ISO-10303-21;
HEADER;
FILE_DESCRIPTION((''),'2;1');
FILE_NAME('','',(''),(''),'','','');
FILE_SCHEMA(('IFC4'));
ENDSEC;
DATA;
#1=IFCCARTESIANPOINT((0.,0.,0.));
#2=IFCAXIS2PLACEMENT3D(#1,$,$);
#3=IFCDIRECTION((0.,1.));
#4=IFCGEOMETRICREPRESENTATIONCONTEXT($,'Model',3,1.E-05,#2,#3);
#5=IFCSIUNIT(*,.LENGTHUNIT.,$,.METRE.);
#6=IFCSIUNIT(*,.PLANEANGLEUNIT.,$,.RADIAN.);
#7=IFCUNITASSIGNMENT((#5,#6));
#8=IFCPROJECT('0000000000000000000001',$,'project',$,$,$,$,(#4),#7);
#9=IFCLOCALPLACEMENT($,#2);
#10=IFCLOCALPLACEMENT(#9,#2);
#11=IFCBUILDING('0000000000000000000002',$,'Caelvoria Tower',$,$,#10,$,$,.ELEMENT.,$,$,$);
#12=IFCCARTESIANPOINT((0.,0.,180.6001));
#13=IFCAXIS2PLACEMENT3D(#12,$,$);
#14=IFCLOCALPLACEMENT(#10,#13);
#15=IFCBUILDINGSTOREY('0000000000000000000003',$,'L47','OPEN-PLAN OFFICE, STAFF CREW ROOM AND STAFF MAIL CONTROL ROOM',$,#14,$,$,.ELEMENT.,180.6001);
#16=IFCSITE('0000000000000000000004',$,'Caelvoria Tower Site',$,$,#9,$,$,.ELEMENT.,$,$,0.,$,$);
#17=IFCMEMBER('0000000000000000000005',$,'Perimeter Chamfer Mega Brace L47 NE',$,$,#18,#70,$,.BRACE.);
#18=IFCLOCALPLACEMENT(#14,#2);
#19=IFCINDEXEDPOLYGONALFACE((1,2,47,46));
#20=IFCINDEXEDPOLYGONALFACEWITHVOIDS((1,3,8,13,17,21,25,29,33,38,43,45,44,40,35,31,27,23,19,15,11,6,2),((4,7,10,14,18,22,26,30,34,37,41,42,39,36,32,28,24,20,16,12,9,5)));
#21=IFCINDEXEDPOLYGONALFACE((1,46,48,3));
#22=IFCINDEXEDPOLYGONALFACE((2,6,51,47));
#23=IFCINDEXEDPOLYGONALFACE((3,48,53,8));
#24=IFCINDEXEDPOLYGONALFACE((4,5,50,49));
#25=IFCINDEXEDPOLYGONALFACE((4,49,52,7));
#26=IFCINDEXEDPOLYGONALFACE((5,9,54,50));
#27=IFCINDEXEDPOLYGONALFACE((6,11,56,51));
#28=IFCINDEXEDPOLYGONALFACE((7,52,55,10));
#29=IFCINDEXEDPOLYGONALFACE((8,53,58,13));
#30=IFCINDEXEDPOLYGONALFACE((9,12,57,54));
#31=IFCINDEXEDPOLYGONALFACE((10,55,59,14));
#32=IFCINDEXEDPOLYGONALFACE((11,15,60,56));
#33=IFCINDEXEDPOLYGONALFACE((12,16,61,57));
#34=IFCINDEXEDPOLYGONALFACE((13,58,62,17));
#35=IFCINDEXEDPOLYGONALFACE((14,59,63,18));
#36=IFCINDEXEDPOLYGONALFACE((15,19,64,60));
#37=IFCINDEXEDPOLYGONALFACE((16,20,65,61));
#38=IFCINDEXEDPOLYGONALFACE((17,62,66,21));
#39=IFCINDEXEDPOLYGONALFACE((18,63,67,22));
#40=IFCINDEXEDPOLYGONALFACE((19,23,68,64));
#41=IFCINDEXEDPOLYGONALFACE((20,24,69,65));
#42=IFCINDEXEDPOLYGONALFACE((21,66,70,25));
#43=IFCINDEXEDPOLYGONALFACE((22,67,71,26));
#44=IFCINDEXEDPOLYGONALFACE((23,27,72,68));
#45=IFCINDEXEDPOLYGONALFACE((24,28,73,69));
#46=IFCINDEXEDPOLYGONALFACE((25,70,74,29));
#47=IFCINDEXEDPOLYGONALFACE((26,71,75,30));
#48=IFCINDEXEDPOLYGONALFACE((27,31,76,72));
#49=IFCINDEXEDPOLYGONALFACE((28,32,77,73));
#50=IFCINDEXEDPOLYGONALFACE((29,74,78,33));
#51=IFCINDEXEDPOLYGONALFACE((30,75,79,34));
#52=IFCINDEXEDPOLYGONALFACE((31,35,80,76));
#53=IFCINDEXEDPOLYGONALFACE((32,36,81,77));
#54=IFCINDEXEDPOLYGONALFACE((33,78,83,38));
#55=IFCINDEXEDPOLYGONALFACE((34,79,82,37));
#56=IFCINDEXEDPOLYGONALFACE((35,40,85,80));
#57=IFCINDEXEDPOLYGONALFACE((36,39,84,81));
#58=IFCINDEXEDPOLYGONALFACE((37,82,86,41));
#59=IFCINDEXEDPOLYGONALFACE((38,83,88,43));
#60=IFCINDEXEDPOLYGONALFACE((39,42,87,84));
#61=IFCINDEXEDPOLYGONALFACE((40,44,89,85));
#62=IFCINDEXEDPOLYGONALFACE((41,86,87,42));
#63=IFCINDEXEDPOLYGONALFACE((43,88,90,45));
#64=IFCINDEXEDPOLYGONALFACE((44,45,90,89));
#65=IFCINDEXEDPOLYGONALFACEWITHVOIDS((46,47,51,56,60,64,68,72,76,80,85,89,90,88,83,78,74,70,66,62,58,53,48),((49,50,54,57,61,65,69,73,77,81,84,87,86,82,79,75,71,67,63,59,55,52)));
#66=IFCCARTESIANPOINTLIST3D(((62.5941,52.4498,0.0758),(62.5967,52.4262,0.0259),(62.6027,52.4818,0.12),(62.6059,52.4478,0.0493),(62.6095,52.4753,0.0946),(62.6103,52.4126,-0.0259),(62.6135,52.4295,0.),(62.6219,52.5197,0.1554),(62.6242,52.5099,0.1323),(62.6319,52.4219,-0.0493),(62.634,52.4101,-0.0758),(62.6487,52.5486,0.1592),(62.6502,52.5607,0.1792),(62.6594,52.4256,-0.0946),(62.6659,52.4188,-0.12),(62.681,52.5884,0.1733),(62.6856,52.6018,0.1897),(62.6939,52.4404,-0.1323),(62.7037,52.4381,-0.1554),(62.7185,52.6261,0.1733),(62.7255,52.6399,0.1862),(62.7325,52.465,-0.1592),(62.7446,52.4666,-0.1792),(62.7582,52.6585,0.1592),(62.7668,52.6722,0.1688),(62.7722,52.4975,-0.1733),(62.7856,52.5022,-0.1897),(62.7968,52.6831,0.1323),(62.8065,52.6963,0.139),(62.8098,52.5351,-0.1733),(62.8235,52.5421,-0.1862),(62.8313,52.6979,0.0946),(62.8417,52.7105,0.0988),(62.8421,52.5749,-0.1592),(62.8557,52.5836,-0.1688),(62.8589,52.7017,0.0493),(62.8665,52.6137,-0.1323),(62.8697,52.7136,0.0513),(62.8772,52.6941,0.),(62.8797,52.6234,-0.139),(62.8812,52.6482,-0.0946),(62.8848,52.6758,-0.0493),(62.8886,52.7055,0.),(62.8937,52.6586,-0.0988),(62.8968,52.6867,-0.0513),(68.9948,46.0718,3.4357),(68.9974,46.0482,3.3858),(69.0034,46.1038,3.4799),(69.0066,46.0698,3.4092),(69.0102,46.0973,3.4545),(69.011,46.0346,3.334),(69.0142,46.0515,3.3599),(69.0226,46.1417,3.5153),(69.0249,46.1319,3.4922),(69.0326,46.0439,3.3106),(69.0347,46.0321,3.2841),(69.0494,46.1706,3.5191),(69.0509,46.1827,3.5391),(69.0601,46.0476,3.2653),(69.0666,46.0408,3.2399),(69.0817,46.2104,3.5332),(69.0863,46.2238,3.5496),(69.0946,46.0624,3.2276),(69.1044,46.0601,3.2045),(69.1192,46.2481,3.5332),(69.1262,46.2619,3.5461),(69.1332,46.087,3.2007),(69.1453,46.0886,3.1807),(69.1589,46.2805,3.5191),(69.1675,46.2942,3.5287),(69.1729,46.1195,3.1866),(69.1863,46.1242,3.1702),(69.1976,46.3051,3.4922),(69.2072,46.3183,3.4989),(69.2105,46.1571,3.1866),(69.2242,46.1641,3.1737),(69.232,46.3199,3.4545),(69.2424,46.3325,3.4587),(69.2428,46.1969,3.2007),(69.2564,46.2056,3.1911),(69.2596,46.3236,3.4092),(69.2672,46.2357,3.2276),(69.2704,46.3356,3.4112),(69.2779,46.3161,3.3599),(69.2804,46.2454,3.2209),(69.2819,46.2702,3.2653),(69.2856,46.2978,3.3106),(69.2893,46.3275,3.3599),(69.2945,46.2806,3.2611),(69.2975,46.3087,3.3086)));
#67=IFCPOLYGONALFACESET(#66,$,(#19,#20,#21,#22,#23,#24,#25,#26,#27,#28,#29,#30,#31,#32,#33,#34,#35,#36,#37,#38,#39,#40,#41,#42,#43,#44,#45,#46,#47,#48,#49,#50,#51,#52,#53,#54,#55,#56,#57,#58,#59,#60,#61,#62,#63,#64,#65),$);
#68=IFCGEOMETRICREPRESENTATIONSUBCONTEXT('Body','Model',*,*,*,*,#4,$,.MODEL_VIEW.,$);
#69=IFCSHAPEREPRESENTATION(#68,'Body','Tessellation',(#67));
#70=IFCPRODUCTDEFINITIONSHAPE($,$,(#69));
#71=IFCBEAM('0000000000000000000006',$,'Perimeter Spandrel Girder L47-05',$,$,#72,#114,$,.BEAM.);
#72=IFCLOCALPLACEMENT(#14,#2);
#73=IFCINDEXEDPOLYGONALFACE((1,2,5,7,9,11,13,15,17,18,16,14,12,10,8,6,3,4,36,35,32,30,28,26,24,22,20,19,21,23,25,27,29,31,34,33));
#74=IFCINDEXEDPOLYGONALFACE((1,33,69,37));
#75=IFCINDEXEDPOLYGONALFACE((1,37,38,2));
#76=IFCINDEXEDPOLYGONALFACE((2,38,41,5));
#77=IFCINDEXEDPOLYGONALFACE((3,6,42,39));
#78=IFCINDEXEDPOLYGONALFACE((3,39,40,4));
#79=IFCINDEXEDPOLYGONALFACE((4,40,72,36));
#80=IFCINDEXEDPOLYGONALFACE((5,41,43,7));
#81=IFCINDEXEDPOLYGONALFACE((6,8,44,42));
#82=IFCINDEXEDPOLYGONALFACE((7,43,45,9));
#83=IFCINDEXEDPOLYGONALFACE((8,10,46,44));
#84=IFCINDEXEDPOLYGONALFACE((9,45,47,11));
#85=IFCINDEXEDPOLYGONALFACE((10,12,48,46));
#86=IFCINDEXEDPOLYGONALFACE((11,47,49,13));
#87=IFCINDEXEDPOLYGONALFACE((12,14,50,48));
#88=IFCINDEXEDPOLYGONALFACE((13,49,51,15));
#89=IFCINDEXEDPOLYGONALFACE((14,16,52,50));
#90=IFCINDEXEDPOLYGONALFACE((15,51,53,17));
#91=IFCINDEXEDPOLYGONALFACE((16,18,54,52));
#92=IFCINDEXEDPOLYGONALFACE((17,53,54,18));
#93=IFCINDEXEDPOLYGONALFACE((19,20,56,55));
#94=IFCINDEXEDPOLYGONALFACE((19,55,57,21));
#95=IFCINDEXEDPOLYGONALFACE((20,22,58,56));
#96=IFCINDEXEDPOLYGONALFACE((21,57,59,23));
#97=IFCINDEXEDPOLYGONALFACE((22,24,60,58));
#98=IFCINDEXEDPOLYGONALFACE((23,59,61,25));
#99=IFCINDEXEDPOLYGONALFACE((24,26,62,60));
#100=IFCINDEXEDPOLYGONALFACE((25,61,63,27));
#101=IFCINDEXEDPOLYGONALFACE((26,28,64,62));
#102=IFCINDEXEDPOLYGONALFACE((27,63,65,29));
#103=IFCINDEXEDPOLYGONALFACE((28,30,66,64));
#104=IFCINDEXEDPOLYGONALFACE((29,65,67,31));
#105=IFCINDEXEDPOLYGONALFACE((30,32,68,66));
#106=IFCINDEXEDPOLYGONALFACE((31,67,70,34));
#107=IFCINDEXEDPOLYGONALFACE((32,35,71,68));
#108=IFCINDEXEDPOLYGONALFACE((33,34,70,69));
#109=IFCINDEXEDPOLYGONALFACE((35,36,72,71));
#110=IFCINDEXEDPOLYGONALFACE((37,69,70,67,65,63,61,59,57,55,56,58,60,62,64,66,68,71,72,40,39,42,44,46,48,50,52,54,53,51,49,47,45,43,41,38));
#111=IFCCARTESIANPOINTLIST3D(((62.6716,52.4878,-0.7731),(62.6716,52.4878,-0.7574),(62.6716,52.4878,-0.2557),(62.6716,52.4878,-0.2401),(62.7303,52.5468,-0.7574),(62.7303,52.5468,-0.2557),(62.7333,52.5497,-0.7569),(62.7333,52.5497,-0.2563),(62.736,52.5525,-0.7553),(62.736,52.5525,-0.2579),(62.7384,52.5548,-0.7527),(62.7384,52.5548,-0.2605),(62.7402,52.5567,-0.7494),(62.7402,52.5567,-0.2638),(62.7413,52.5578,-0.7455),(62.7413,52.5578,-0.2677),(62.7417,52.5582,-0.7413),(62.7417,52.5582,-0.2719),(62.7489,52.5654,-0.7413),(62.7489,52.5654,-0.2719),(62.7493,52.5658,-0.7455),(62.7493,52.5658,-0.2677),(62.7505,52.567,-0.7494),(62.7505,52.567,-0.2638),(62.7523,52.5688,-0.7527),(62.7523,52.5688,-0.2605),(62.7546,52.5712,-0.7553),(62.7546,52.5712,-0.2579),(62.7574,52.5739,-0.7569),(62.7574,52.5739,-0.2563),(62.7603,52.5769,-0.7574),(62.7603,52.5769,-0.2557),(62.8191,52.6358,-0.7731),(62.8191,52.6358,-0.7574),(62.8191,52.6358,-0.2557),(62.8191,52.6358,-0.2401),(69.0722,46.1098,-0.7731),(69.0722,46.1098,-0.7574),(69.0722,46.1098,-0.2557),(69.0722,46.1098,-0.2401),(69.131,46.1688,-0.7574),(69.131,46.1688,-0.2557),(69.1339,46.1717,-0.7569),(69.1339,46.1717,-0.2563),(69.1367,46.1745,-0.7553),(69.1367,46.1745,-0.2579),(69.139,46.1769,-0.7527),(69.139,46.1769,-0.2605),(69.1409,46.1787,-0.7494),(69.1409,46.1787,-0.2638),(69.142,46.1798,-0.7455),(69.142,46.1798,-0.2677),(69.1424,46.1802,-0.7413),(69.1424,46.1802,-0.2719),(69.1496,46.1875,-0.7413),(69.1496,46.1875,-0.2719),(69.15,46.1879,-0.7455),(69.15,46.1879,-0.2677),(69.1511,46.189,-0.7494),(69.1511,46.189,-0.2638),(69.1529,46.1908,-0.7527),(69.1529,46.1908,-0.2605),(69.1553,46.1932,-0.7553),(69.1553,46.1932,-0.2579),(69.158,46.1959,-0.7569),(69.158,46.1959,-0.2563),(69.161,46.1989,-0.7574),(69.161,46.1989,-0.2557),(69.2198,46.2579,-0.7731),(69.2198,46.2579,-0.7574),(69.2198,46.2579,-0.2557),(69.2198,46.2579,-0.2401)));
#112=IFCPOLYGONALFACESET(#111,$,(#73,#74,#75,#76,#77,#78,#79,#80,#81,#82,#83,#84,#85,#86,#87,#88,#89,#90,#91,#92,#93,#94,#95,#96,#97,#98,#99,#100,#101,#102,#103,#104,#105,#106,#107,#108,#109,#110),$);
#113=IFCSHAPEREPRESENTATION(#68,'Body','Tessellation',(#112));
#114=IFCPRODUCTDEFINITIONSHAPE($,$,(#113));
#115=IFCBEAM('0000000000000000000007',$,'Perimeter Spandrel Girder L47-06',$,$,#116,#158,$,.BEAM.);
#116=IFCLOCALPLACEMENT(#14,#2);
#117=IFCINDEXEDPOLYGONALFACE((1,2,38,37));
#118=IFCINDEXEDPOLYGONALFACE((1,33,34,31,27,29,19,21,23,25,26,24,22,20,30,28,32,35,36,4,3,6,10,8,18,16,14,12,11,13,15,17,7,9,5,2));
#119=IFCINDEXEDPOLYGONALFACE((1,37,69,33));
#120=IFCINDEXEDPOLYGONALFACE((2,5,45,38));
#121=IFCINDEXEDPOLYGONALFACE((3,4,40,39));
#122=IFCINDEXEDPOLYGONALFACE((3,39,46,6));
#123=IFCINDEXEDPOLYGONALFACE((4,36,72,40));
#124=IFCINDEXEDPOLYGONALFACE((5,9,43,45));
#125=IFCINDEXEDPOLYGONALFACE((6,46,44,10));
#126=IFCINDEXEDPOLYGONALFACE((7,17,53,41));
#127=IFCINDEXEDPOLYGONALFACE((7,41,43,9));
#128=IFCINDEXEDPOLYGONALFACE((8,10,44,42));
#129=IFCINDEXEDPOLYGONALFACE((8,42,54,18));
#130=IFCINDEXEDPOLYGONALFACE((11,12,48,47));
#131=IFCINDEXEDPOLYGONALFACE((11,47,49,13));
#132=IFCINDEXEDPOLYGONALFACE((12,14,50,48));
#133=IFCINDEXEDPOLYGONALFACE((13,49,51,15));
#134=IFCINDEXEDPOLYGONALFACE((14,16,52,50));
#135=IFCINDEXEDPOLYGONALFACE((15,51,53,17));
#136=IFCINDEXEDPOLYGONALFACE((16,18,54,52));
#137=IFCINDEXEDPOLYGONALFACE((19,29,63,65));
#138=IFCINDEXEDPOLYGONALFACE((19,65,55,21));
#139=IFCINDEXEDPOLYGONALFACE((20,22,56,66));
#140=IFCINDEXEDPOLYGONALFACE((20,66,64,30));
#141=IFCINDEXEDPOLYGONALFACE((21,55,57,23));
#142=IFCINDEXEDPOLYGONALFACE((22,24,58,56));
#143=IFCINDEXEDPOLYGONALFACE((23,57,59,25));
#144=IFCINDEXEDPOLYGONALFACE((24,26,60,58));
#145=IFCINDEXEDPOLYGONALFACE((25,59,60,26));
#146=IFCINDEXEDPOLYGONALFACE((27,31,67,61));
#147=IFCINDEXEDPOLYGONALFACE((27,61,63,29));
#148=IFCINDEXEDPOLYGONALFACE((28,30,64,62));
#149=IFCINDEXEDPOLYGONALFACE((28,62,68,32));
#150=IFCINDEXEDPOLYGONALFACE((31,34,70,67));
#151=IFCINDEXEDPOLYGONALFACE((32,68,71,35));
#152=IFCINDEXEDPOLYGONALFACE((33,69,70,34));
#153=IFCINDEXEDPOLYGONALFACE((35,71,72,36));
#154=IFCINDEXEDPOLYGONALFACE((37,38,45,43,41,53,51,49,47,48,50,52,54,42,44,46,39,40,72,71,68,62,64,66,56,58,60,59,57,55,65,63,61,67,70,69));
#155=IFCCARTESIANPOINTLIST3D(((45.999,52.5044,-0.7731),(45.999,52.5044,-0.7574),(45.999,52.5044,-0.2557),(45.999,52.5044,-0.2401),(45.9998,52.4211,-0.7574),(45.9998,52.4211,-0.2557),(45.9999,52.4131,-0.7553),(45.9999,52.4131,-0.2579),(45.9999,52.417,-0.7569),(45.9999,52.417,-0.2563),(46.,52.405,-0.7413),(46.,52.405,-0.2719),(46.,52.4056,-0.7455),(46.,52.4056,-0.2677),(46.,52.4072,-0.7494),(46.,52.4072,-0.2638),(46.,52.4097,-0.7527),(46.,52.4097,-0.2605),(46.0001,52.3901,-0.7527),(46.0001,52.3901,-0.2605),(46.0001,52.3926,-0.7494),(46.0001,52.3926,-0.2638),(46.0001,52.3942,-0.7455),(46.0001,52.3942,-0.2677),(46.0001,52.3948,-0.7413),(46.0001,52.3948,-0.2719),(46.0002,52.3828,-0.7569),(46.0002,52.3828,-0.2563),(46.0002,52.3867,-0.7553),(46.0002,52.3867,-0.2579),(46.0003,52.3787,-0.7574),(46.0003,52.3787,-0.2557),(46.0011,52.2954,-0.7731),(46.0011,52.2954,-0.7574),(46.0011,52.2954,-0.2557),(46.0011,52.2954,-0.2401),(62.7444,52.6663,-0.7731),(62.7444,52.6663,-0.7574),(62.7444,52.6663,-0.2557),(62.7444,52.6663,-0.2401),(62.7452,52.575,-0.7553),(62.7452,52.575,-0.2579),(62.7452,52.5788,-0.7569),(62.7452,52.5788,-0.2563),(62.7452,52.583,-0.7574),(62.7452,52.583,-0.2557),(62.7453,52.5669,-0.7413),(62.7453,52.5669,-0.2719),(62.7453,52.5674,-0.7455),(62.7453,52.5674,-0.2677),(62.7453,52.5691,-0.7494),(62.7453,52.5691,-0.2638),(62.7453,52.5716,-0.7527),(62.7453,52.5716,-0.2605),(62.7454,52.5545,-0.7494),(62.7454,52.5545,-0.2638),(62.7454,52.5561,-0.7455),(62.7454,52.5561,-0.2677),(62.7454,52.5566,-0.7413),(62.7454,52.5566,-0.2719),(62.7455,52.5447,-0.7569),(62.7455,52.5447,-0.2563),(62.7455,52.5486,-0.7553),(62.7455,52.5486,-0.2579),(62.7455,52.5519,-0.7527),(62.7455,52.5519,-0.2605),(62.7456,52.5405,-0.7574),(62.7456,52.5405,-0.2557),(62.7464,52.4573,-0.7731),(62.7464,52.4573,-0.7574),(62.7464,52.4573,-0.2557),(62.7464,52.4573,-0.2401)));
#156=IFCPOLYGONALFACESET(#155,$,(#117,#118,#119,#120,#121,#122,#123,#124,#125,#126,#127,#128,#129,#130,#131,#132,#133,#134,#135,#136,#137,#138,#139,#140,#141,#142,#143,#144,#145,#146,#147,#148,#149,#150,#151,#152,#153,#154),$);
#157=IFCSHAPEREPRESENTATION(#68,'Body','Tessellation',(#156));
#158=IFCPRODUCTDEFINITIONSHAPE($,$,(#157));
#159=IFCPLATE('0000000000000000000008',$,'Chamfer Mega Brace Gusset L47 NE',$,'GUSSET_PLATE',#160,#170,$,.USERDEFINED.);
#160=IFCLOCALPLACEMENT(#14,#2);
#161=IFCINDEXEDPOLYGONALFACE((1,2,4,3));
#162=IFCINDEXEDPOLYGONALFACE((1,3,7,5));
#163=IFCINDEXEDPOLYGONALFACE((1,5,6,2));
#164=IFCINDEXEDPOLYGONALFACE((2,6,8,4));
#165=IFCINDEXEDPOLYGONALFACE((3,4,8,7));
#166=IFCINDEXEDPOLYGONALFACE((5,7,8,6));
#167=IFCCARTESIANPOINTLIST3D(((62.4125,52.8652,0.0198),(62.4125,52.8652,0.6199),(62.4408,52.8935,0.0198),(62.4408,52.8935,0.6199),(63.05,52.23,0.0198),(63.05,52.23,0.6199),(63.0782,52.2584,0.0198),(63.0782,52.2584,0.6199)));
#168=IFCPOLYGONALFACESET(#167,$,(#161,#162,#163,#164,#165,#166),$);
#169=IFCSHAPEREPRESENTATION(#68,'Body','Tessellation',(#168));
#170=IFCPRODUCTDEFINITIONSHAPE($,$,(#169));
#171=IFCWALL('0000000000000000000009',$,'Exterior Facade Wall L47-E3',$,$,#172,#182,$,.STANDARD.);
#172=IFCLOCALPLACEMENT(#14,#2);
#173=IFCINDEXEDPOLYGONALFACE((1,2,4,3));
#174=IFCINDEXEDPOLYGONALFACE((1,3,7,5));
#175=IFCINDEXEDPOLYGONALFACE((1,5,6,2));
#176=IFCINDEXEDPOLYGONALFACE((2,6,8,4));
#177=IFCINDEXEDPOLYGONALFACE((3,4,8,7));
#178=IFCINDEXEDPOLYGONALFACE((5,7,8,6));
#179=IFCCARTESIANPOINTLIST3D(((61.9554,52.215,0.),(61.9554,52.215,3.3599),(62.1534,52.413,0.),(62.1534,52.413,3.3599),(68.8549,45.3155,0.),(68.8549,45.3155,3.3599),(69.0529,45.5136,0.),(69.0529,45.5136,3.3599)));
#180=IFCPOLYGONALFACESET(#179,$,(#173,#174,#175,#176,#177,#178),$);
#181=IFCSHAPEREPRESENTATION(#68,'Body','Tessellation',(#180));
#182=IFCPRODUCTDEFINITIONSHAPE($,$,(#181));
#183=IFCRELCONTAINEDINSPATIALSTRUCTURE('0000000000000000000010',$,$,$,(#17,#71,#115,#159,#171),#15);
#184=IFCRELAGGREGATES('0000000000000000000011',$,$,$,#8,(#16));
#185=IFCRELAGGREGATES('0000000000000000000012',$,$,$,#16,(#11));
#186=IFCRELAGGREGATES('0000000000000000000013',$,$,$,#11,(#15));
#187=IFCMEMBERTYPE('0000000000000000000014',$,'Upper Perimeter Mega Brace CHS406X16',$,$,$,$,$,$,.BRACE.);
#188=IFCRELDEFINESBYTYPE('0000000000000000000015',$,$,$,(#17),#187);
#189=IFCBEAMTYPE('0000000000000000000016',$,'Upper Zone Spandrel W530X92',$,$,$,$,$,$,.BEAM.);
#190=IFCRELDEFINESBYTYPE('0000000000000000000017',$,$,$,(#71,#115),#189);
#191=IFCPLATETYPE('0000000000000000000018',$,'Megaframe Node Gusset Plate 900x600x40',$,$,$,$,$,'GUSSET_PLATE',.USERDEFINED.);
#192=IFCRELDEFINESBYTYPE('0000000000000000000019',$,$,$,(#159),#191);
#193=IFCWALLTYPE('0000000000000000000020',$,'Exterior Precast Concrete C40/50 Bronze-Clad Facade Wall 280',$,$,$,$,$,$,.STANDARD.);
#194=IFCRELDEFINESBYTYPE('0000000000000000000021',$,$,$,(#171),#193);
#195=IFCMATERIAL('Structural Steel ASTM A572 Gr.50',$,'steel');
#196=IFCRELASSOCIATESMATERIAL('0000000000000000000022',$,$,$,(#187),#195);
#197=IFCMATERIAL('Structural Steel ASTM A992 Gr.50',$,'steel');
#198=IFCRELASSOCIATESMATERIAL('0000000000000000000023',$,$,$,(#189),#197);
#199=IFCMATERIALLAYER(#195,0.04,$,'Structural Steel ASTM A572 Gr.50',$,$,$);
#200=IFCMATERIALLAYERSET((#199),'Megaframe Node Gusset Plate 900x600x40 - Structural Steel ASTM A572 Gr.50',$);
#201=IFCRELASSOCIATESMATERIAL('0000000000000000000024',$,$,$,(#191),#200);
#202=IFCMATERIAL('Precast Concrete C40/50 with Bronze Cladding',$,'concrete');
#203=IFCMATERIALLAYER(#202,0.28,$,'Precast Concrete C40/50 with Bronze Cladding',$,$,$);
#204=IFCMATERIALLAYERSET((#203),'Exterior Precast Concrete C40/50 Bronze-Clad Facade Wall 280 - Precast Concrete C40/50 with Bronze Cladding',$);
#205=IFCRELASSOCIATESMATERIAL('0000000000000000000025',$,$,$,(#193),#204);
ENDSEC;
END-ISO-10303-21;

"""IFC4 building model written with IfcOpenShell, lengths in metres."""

from ifc_helpers import new_model, si_unit, direction, frame, frame_2d, origin, origin_2d, place, context, subcontext, project, spatial, rectangle, hollow_circle, i_section, extrude, material, layer, layer_set, material_profile, profile_set, type_object, element, save


model = new_model("IFC4")

# Units and contexts
model_context = context("Model", 3, precision=1e-05, world=origin(), true_north=direction((0.0, 1.0)))
body_context = subcontext(model_context, "Body", "Model", "MODEL_VIEW")
ifc_project = project(units=[si_unit("LENGTHUNIT", "METRE"), si_unit("PLANEANGLEUNIT", "RADIAN")], contexts=[model_context])

# Site, building, storey
site_placement = place(None, origin())
site = spatial("IfcSite", under=ifc_project, at=site_placement, Name="Caelvoria Tower Site", CompositionType="ELEMENT", RefElevation=0.0)
building_placement = place(site_placement, origin())
building = spatial("IfcBuilding", under=site, at=building_placement, Name="Caelvoria Tower", CompositionType="ELEMENT")
storey_placement = place(building_placement, frame((0.0, 0.0, 180.6001)))
storey = spatial("IfcBuildingStorey", under=building, at=storey_placement, Name="L47", Description="OPEN-PLAN OFFICE, STAFF CREW ROOM AND STAFF MAIL CONTROL ROOM", CompositionType="ELEMENT", Elevation=180.6001)

# Shared definitions
ifc_material_1 = material(Name="Structural Steel ASTM A572 Gr.50", Category="steel")

# Shared definitions
ifc_material_2 = material(Name="Structural Steel ASTM A992 Gr.50", Category="steel")

# Member
ifc_material_profile_1 = material_profile(ifc_material_1, hollow_circle(Radius=0.2029, WallThickness=0.0161, at=origin_2d()), Name="Structural Steel ASTM A572 Gr.50")
ifc_profile_set_1 = profile_set([ifc_material_profile_1], Name="CHS406X16 - Structural Steel ASTM A572 Gr.50")
member_type = type_object("IfcMemberType", Name="Upper Perimeter Mega Brace CHS406X16", PredefinedType="BRACE", material=ifc_profile_set_1)
member_placement = place(storey_placement, frame((62.7454, 52.5618, 0.0), z_axis=(0.663948, -0.661592, 0.348524), x_axis=(0.705849, 0.708362, 0.0)))
element("IfcMember", 1, at=member_placement, inside=storey, type_object=member_type, Name="Perimeter Chamfer Mega Brace L47 NE", PredefinedType="BRACE", context=body_context, shape_type="SweptSolid", body=[
    extrude(hollow_circle(Radius=0.2029, WallThickness=0.0161, at=origin_2d()), origin(), (0.0, 0.0, 1.0), 9.6404),
])

# Beams
ifc_material_profile_2 = material_profile(ifc_material_2, i_section(OverallWidth=0.209, OverallDepth=0.533, WebThickness=0.0103, FlangeThickness=0.0156, FilletRadius=0.0161, at=origin_2d()), Name="Structural Steel ASTM A992 Gr.50")
ifc_profile_set_2 = profile_set([ifc_material_profile_2], Name="W530X92 - Structural Steel ASTM A992 Gr.50")
beam_type_1 = type_object("IfcBeamType", Name="Upper Zone Spandrel W530X92", PredefinedType="BEAM", material=ifc_profile_set_2)
beam_1_placement = place(storey_placement, frame((69.146, 46.1838, -0.5066), z_axis=(-0.708362, 0.705849, 0.0), x_axis=(-0.705849, -0.708362, 0.0)))
element("IfcBeam", 2, at=beam_1_placement, inside=storey, type_object=beam_type_1, Name="Perimeter Spandrel Girder L47-05", PredefinedType="BEAM", context=body_context, shape_type="SweptSolid", body=[
    extrude(i_section(OverallWidth=0.209, OverallDepth=0.533, WebThickness=0.0103, FlangeThickness=0.0156, FilletRadius=0.0161, at=origin_2d()), origin(), (0.0, 0.0, 1.0), 9.0359),
])
beam_2_placement = place(storey_placement, frame((62.7454, 52.5618, -0.5066), z_axis=(-0.999953, -0.009666, 0.0), x_axis=(0.009666, -0.999953, 0.0)))
element("IfcBeam", 3, at=beam_2_placement, inside=storey, type_object=beam_type_1, Name="Perimeter Spandrel Girder L47-06", PredefinedType="BEAM", context=body_context, shape_type="SweptSolid", body=[
    extrude(i_section(OverallWidth=0.209, OverallDepth=0.533, WebThickness=0.0103, FlangeThickness=0.0156, FilletRadius=0.0161, at=origin_2d()), origin(), (0.0, 0.0, 1.0), 16.7461),
])

# Plate
ifc_layer_1 = layer(ifc_material_1, 0.04, Name="Structural Steel ASTM A572 Gr.50")
ifc_layer_set_1 = layer_set([ifc_layer_1], Name="Megaframe Node Gusset Plate 900x600x40 - Structural Steel ASTM A572 Gr.50")
plate_type = type_object("IfcPlateType", Name="Megaframe Node Gusset Plate 900x600x40", ElementType="GUSSET_PLATE", PredefinedType="USERDEFINED", material=ifc_layer_set_1)
plate_placement = place(storey_placement, frame((62.7454, 52.5618, 0.0198), z_axis=(0.0, 0.0, 1.0), x_axis=(0.708373, -0.705838, 0.0)))
element("IfcPlate", 4, at=plate_placement, inside=storey, type_object=plate_type, Name="Chamfer Mega Brace Gusset L47 NE", ObjectType="GUSSET_PLATE", PredefinedType="USERDEFINED", context=body_context, shape_type="SweptSolid", body=[
    extrude(rectangle(XDim=0.8999, YDim=0.04, at=origin_2d()), origin(), (0.0, 0.0, 1.0), 0.6001),
])

# Wall
ifc_material_3 = material(Name="Precast Concrete C40/50 with Bronze Cladding", Category="concrete")
ifc_layer_2 = layer(ifc_material_3, 0.28, Name="Precast Concrete C40/50 with Bronze Cladding")
ifc_layer_set_2 = layer_set([ifc_layer_2], Name="Exterior Precast Concrete C40/50 Bronze-Clad Facade Wall 280 - Precast Concrete C40/50 with Bronze Cladding")
wall_type_1 = type_object("IfcWallType", Name="Exterior Precast Concrete C40/50 Bronze-Clad Facade Wall 280", PredefinedType="STANDARD", material=ifc_layer_set_2)
wall_1_placement = place(storey_placement, frame((68.9539, 45.4146, 0.0), z_axis=(0.0, 0.0, 1.0), x_axis=(-0.707107, 0.707107, 0.0)))
element("IfcWall", 5, at=wall_1_placement, inside=storey, type_object=wall_type_1, Name="Exterior Facade Wall L47-E3", PredefinedType="STANDARD", context=body_context, shape_type="SweptSolid", body=[
    extrude(rectangle(XDim=9.7573, YDim=0.28, at=frame_2d((4.8787, 0.0))), origin(), (0.0, 0.0, 1.0), 3.3599),
])

save(model, "model.ifc")
